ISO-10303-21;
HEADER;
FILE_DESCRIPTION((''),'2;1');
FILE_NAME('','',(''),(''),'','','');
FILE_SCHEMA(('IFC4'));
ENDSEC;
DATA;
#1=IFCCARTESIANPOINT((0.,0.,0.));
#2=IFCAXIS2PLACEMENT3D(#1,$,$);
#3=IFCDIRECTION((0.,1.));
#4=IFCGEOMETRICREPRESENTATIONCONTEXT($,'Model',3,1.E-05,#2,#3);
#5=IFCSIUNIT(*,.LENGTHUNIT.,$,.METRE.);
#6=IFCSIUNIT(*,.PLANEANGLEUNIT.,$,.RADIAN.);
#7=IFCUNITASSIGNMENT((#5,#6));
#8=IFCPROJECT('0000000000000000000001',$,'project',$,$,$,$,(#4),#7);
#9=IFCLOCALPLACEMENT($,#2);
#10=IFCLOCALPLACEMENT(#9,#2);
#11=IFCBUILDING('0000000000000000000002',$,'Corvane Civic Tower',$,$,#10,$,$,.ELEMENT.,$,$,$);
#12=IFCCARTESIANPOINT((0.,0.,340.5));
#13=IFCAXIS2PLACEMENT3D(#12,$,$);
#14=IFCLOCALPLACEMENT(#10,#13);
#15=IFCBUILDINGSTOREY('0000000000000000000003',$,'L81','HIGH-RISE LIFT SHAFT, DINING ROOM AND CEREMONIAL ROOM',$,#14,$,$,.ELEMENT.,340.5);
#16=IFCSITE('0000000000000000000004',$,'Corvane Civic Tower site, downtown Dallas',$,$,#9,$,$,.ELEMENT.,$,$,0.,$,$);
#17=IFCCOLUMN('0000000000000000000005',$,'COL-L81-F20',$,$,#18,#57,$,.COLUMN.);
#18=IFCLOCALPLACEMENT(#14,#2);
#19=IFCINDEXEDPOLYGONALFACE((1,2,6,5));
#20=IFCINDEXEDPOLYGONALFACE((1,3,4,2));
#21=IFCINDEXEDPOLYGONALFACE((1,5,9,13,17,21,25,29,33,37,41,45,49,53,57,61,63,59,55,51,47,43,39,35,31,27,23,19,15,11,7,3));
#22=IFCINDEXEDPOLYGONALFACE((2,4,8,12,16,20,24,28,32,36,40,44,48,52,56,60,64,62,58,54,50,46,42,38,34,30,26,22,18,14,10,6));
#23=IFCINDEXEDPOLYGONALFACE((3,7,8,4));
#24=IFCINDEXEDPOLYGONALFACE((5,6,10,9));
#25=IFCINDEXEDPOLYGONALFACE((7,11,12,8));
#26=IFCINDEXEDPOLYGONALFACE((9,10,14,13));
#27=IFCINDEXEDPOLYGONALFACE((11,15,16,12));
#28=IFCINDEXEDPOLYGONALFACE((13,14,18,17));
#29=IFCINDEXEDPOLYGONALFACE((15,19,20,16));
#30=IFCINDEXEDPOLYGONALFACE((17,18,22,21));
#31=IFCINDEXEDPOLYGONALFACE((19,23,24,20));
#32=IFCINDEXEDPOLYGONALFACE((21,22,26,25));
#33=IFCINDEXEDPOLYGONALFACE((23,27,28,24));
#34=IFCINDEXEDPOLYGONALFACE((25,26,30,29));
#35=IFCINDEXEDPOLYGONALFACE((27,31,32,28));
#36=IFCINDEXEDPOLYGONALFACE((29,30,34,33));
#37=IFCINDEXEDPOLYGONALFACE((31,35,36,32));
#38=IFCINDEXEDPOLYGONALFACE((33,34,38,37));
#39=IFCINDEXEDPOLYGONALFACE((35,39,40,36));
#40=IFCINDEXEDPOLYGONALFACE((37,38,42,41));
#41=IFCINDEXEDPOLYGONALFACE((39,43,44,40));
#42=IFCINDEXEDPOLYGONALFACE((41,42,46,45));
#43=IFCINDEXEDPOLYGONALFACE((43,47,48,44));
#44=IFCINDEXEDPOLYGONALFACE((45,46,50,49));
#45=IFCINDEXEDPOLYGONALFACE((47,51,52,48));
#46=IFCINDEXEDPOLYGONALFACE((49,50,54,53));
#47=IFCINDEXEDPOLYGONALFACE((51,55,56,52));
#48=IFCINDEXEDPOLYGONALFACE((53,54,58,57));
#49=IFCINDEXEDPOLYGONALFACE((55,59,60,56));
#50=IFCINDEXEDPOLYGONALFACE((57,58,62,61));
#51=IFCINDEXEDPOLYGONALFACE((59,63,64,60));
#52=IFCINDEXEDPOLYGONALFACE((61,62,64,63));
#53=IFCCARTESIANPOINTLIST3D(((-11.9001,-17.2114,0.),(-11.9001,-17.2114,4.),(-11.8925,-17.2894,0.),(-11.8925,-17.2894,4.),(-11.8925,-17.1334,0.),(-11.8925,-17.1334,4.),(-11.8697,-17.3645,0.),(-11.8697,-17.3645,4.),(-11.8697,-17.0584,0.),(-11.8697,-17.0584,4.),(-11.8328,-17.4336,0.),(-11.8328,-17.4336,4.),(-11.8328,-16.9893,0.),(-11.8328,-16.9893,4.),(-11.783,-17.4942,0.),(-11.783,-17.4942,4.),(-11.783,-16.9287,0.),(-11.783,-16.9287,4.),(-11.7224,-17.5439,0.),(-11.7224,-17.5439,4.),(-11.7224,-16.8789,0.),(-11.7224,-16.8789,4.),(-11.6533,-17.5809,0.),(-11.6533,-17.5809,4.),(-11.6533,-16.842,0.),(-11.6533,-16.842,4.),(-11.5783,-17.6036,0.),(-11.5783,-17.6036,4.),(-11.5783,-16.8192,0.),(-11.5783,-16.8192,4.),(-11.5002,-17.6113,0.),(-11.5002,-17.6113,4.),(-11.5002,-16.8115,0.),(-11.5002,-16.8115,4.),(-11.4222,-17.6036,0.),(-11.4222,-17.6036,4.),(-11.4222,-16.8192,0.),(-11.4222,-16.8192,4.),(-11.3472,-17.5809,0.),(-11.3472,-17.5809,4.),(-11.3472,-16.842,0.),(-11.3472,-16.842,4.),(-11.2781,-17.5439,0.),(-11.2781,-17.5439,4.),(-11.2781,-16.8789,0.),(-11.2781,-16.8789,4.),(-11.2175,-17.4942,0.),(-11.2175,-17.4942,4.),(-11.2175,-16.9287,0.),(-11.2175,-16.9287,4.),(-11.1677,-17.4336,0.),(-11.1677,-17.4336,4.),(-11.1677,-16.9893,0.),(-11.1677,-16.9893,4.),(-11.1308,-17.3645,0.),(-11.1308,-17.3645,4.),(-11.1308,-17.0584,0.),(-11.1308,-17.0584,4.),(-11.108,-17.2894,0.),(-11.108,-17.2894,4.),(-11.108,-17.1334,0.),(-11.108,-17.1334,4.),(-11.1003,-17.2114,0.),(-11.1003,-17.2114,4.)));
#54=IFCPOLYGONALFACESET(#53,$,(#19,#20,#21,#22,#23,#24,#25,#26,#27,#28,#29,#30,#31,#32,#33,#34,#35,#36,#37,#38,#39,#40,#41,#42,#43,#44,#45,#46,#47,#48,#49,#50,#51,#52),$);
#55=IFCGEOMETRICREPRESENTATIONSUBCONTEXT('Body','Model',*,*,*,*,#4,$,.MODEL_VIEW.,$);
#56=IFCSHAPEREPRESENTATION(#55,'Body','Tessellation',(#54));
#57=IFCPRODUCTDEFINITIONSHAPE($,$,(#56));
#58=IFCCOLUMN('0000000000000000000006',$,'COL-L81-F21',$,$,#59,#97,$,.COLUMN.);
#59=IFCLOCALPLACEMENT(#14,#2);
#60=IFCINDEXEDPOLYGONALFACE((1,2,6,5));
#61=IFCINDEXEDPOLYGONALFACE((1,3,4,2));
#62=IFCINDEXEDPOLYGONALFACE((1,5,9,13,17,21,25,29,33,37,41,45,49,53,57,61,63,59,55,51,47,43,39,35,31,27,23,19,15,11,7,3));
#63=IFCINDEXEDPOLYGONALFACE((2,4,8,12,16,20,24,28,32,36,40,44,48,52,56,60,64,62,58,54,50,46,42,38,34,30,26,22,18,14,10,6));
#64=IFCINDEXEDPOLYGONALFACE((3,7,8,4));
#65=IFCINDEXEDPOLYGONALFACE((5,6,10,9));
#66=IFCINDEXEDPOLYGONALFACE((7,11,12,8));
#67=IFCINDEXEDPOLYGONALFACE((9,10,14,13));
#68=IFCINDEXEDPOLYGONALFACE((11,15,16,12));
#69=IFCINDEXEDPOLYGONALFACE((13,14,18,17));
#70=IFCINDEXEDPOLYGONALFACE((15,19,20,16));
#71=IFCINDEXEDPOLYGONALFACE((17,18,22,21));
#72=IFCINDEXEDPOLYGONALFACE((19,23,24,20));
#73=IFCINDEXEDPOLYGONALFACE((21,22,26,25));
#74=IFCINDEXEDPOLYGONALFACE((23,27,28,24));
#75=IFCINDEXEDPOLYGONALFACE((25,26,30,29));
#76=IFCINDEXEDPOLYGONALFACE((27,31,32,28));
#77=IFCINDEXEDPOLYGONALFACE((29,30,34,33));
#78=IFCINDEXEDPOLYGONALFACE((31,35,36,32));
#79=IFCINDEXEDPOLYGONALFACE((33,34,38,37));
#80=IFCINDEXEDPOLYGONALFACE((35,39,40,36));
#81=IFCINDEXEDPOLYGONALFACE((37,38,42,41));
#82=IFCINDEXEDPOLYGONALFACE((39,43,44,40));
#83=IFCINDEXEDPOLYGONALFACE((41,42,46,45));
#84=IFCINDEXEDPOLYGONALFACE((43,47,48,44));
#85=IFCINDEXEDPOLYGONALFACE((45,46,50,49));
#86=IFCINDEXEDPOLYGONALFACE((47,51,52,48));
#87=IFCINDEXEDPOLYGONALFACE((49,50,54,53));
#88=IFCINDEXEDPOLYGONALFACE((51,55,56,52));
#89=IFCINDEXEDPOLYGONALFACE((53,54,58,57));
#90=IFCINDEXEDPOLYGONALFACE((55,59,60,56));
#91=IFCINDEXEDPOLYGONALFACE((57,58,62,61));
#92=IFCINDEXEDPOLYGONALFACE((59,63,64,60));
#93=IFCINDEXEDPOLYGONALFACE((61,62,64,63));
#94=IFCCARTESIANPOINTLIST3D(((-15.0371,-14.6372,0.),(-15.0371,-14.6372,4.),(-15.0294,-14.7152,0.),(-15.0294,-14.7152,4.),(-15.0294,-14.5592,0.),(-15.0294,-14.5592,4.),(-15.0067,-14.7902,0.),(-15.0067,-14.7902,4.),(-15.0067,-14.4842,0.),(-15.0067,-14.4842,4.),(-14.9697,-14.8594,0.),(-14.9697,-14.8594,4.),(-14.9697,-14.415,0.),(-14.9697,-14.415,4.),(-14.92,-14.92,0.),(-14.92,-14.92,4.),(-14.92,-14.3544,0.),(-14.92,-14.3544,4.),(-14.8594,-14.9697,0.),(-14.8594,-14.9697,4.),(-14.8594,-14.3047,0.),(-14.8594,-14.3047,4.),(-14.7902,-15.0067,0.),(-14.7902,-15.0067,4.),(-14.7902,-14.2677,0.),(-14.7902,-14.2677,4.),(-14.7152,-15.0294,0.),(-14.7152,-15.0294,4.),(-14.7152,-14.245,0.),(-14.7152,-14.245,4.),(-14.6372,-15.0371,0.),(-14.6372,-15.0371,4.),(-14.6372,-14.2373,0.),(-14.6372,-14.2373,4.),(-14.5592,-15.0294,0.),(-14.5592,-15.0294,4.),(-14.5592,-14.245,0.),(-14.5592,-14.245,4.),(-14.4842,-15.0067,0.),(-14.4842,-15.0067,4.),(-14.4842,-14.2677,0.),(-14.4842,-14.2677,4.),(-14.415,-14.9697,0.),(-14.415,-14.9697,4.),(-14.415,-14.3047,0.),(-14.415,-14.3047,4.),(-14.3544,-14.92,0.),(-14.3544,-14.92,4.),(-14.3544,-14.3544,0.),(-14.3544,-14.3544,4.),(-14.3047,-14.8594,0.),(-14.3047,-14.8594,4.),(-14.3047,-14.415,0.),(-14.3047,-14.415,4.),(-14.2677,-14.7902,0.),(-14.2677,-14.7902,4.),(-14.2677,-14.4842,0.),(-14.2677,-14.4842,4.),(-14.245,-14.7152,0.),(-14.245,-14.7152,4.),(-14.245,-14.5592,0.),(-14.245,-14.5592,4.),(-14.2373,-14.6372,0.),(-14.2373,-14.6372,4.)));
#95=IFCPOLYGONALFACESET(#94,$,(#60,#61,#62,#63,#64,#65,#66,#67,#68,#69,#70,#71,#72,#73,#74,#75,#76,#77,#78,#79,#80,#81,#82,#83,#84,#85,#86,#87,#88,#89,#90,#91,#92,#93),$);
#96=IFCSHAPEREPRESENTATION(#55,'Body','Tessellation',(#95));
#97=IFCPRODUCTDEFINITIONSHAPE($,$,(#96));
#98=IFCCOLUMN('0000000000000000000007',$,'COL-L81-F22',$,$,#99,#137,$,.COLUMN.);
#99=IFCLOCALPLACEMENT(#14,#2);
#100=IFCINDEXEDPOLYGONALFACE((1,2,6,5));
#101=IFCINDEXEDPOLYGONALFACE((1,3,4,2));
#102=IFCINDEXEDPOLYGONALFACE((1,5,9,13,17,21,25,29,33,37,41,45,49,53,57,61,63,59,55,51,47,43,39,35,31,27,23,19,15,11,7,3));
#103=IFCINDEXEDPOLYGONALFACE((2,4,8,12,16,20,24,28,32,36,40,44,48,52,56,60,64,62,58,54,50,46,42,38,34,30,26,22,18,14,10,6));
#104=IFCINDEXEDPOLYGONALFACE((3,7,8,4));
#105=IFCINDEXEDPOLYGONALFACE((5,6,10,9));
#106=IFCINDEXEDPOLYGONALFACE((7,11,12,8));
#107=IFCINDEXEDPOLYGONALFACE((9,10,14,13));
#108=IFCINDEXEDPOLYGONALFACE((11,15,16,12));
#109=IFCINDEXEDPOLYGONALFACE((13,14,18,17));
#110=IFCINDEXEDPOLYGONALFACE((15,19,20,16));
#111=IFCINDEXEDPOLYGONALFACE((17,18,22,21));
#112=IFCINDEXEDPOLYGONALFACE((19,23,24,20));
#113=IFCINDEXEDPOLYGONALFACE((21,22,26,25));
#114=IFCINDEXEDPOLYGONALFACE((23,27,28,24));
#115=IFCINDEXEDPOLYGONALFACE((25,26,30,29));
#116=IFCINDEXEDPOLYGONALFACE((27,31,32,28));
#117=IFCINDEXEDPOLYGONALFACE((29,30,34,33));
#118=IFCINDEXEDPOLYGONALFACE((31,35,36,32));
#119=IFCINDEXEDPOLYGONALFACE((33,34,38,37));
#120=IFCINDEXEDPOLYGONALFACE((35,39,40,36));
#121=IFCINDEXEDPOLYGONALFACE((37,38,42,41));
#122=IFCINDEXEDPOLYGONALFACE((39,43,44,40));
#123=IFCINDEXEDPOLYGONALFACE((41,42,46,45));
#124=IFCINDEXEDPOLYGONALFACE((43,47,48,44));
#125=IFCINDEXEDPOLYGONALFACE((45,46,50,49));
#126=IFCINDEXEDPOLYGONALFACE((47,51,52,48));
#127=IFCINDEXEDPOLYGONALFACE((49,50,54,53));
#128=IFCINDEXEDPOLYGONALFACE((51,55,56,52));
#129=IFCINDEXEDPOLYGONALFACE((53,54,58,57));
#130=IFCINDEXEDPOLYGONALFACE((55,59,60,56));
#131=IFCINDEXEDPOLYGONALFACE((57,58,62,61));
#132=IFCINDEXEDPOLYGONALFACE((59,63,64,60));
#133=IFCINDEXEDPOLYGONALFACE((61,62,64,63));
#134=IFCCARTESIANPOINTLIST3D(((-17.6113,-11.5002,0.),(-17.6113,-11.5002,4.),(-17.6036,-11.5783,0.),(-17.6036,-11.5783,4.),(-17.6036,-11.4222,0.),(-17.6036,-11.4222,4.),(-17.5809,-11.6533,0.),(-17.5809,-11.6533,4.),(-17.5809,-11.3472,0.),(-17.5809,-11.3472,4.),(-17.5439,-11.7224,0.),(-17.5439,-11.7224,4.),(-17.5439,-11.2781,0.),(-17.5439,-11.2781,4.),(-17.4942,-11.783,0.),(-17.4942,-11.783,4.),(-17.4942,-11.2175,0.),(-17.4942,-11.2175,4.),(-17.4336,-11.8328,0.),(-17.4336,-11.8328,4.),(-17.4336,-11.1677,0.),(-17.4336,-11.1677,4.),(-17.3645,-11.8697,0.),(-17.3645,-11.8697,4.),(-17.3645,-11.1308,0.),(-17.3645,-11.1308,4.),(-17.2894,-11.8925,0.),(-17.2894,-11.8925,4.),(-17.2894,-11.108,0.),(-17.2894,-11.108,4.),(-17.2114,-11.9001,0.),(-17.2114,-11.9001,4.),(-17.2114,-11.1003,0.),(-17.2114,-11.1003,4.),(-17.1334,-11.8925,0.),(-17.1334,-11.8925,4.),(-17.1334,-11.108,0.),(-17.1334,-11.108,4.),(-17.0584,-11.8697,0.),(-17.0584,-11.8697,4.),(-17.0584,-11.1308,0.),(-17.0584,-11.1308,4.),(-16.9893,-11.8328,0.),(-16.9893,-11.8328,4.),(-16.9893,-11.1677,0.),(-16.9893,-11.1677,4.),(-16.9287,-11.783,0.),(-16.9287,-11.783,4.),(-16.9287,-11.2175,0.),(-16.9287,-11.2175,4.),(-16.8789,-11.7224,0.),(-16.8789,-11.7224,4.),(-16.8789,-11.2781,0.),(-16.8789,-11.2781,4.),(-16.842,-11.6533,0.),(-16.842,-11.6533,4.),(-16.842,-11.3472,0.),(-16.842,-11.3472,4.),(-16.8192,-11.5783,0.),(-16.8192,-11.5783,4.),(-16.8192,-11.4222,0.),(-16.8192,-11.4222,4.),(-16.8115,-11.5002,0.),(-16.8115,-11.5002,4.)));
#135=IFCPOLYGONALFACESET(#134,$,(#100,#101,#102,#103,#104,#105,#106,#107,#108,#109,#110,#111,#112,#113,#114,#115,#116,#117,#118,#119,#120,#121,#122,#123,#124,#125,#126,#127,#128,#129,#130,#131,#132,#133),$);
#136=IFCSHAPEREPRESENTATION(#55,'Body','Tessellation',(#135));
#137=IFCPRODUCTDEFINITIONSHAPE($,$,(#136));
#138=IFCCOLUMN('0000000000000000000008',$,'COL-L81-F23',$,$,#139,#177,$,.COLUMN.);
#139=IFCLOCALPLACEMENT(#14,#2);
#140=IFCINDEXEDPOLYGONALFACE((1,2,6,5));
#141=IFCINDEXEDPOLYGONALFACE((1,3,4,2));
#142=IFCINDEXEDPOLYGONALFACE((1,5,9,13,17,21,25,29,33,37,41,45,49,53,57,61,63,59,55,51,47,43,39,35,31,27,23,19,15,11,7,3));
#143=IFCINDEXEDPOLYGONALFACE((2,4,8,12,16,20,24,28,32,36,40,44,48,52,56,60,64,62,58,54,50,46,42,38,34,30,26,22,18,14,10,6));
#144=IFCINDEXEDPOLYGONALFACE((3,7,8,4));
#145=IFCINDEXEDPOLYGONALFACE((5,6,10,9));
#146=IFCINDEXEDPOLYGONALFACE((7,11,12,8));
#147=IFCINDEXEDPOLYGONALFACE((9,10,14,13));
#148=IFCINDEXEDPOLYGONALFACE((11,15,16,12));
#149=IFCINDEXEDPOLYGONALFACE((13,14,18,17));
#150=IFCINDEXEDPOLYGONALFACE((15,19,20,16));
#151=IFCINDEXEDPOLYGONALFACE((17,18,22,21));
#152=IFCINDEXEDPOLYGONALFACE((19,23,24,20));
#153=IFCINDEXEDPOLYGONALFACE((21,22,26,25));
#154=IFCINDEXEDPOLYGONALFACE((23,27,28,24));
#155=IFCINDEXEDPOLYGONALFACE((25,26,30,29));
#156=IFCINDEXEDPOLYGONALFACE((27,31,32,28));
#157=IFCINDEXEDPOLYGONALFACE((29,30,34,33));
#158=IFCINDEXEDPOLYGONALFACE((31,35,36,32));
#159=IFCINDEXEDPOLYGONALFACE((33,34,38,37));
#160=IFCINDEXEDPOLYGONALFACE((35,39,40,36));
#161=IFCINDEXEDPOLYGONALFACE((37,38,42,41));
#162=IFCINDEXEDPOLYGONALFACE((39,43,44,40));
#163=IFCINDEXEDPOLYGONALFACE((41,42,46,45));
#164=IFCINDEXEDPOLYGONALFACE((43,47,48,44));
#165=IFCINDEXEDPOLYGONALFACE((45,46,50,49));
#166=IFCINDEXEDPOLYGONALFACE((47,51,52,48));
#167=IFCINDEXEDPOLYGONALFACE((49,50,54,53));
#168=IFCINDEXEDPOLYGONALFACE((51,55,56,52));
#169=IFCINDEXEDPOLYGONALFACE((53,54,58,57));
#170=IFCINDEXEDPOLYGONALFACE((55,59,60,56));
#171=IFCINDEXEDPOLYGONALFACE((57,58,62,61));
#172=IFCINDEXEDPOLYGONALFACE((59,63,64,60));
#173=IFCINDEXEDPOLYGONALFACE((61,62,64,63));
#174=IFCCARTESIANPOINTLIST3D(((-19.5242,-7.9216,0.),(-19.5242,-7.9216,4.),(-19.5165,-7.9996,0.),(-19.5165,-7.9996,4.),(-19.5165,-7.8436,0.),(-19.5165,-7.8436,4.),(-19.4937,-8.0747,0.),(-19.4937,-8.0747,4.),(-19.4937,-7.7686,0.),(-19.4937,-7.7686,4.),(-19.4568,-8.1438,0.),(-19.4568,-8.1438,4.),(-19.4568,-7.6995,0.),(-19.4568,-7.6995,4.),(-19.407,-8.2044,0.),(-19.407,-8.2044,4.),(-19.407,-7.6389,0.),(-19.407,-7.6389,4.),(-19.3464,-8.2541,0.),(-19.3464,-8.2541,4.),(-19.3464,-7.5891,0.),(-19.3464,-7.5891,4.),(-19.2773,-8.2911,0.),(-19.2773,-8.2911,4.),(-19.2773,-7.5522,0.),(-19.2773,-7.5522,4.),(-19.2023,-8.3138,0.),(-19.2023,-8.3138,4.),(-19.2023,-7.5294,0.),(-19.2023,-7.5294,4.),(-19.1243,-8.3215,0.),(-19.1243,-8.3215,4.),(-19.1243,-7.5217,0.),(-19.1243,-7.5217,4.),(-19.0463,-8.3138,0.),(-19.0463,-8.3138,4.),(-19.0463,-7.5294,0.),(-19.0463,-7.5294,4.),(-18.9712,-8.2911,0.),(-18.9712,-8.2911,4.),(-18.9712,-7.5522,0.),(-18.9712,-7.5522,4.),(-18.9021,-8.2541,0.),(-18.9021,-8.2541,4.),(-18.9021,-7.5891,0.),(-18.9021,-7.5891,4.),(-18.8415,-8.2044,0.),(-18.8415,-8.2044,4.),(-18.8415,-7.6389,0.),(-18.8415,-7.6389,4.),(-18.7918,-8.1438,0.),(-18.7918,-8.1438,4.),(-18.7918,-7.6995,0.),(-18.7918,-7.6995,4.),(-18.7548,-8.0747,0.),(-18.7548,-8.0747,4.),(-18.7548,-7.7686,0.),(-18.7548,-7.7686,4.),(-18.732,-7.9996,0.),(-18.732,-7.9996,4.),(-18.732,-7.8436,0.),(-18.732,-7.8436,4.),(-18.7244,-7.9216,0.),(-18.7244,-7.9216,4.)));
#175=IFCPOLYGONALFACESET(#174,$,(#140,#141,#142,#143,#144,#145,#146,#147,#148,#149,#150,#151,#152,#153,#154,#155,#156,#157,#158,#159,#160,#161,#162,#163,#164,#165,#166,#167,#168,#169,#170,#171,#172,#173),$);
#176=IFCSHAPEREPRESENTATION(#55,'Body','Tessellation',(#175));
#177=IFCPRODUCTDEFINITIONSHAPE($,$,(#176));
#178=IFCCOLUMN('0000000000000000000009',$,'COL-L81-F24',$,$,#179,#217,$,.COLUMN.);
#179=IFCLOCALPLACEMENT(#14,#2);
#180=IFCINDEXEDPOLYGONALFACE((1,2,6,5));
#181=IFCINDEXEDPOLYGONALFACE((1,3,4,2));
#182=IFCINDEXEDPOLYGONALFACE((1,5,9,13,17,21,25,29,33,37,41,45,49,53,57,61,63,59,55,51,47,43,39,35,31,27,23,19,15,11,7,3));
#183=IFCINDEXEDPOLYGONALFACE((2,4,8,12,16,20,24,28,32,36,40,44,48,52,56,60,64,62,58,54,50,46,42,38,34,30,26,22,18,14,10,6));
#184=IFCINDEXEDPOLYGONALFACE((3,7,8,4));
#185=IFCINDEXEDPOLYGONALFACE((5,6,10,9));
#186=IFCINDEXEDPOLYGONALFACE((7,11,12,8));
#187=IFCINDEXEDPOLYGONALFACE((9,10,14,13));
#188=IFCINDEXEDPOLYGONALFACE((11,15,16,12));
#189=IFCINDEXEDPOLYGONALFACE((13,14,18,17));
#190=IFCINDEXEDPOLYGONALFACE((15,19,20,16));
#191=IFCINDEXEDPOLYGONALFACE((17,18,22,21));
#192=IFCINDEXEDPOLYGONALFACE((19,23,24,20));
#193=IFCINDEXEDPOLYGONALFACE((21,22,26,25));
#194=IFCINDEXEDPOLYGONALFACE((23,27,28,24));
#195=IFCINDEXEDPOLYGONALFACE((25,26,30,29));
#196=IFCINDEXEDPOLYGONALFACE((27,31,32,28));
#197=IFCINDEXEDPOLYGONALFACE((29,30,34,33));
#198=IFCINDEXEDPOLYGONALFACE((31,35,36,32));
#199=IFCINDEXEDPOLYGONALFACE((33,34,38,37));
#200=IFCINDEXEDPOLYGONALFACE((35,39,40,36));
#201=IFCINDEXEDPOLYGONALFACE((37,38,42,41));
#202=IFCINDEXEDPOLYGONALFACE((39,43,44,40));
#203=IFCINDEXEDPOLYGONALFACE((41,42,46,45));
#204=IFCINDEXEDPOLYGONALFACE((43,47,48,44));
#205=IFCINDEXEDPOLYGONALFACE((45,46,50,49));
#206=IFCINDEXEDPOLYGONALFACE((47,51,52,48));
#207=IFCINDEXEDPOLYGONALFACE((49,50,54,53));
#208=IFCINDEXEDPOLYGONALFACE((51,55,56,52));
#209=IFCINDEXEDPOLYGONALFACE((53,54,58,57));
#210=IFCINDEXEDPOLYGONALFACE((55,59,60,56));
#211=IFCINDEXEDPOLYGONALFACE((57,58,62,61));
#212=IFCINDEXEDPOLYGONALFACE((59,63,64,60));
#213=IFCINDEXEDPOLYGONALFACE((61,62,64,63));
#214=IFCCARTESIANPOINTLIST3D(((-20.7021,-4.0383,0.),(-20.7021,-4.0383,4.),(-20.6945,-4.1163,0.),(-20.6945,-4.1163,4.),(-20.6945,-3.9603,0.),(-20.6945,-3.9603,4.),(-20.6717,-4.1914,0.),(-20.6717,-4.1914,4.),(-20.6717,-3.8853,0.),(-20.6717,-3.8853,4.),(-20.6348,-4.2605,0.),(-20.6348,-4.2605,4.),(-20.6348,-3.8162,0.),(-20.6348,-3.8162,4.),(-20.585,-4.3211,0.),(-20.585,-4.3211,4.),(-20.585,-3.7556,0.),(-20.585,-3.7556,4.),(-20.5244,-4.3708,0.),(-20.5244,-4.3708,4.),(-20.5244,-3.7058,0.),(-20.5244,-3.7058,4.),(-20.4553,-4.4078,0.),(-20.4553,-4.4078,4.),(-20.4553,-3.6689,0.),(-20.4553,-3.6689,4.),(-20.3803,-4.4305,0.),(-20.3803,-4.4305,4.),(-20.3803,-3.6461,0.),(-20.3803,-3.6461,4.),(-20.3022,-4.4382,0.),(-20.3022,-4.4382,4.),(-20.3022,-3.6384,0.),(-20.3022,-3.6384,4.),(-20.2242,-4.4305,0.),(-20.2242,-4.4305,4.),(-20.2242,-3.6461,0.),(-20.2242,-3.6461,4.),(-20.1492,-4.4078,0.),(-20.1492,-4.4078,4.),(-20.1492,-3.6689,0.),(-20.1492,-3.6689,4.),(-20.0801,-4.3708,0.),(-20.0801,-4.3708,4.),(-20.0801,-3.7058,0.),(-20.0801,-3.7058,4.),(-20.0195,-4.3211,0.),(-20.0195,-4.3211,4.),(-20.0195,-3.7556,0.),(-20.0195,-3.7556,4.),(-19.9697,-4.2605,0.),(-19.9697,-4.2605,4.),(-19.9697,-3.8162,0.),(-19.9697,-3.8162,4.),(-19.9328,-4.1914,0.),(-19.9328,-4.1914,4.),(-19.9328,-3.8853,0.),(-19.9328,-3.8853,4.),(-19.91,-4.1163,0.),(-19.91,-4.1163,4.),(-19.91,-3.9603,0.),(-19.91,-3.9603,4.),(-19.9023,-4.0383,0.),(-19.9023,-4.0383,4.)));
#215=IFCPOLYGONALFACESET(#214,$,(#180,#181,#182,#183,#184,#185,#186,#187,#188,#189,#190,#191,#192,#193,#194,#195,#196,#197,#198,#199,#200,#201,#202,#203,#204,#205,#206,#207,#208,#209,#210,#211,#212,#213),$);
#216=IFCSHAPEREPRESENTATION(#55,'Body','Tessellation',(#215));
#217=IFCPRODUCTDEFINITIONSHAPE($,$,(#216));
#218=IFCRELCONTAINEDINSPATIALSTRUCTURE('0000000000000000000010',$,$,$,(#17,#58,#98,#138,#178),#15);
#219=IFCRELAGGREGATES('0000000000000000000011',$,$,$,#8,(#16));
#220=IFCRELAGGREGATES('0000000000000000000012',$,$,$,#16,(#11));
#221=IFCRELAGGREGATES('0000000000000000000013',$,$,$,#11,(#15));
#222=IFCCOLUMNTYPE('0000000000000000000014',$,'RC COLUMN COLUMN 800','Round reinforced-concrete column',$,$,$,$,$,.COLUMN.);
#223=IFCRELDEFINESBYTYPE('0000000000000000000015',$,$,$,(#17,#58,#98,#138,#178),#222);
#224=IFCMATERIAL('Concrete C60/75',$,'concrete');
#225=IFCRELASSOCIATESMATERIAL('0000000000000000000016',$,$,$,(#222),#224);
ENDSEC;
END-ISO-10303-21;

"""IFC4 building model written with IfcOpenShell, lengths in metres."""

from ifc_helpers import new_model, si_unit, direction, frame, origin, origin_2d, place, context, subcontext, project, spatial, circle, extrude, material, material_profile, profile_set, type_object, element, save


model = new_model("IFC4")

# Units and contexts
model_context = context("Model", 3, precision=1e-05, world=origin(), true_north=direction((0.0, 1.0)))
body_context = subcontext(model_context, "Body", "Model", "MODEL_VIEW")
ifc_project = project(units=[si_unit("LENGTHUNIT", "METRE"), si_unit("PLANEANGLEUNIT", "RADIAN")], contexts=[model_context])

# Site, building, storey
site_placement = place(None, origin())
site = spatial("IfcSite", under=ifc_project, at=site_placement, Name="Corvane Civic Tower site, downtown Dallas", CompositionType="ELEMENT", RefElevation=0.0)
building_placement = place(site_placement, origin())
building = spatial("IfcBuilding", under=site, at=building_placement, Name="Corvane Civic Tower", CompositionType="ELEMENT")
storey_placement = place(building_placement, frame((0.0, 0.0, 340.5)))
storey = spatial("IfcBuildingStorey", under=building, at=storey_placement, Name="L81", Description="HIGH-RISE LIFT SHAFT, DINING ROOM AND CEREMONIAL ROOM", CompositionType="ELEMENT", Elevation=340.5)

# Columns
ifc_material_1 = material(Name="Concrete C60/75", Category="concrete")
ifc_material_profile_1 = material_profile(ifc_material_1, circle(Radius=0.3999, at=origin_2d()), Name="COLUMN 800")
ifc_profile_set_1 = profile_set([ifc_material_profile_1], Name="Concrete C60/75")
column_type = type_object("IfcColumnType", Name="RC COLUMN COLUMN 800", Description="Round reinforced-concrete column", PredefinedType="COLUMN", material=ifc_profile_set_1)
for number, where, z_axis, x_axis, name in (
    (1, (-11.5002, -17.2114, 0.0), (0.0, 0.0, 1.0), (1.0, 0.0, 0.0), "COL-L81-F20"),
    (2, (-14.6372, -14.6372, 0.0), (0.0, 0.0, 1.0), (1.0, 0.0, 0.0), "COL-L81-F21"),
    (3, (-17.2114, -11.5002, 0.0), (0.0, 0.0, 1.0), (1.0, 0.0, 0.0), "COL-L81-F22"),
    (4, (-19.1243, -7.9216, 0.0), (0.0, 0.0, 1.0), (1.0, 0.0, 0.0), "COL-L81-F23"),
    (5, (-20.3022, -4.0383, 0.0), (0.0, 0.0, 1.0), (1.0, 0.0, 0.0), "COL-L81-F24"),
):
    element("IfcColumn", number, at=place(storey_placement, frame(where, z_axis=z_axis, x_axis=x_axis)), inside=storey, type_object=column_type, Name=name, PredefinedType="COLUMN", context=body_context, shape_type="SweptSolid", body=[
        extrude(circle(Radius=0.3999, at=origin_2d()), origin(), (0.0, 0.0, 1.0), 4.0),
    ])

save(model, "model.ifc")
